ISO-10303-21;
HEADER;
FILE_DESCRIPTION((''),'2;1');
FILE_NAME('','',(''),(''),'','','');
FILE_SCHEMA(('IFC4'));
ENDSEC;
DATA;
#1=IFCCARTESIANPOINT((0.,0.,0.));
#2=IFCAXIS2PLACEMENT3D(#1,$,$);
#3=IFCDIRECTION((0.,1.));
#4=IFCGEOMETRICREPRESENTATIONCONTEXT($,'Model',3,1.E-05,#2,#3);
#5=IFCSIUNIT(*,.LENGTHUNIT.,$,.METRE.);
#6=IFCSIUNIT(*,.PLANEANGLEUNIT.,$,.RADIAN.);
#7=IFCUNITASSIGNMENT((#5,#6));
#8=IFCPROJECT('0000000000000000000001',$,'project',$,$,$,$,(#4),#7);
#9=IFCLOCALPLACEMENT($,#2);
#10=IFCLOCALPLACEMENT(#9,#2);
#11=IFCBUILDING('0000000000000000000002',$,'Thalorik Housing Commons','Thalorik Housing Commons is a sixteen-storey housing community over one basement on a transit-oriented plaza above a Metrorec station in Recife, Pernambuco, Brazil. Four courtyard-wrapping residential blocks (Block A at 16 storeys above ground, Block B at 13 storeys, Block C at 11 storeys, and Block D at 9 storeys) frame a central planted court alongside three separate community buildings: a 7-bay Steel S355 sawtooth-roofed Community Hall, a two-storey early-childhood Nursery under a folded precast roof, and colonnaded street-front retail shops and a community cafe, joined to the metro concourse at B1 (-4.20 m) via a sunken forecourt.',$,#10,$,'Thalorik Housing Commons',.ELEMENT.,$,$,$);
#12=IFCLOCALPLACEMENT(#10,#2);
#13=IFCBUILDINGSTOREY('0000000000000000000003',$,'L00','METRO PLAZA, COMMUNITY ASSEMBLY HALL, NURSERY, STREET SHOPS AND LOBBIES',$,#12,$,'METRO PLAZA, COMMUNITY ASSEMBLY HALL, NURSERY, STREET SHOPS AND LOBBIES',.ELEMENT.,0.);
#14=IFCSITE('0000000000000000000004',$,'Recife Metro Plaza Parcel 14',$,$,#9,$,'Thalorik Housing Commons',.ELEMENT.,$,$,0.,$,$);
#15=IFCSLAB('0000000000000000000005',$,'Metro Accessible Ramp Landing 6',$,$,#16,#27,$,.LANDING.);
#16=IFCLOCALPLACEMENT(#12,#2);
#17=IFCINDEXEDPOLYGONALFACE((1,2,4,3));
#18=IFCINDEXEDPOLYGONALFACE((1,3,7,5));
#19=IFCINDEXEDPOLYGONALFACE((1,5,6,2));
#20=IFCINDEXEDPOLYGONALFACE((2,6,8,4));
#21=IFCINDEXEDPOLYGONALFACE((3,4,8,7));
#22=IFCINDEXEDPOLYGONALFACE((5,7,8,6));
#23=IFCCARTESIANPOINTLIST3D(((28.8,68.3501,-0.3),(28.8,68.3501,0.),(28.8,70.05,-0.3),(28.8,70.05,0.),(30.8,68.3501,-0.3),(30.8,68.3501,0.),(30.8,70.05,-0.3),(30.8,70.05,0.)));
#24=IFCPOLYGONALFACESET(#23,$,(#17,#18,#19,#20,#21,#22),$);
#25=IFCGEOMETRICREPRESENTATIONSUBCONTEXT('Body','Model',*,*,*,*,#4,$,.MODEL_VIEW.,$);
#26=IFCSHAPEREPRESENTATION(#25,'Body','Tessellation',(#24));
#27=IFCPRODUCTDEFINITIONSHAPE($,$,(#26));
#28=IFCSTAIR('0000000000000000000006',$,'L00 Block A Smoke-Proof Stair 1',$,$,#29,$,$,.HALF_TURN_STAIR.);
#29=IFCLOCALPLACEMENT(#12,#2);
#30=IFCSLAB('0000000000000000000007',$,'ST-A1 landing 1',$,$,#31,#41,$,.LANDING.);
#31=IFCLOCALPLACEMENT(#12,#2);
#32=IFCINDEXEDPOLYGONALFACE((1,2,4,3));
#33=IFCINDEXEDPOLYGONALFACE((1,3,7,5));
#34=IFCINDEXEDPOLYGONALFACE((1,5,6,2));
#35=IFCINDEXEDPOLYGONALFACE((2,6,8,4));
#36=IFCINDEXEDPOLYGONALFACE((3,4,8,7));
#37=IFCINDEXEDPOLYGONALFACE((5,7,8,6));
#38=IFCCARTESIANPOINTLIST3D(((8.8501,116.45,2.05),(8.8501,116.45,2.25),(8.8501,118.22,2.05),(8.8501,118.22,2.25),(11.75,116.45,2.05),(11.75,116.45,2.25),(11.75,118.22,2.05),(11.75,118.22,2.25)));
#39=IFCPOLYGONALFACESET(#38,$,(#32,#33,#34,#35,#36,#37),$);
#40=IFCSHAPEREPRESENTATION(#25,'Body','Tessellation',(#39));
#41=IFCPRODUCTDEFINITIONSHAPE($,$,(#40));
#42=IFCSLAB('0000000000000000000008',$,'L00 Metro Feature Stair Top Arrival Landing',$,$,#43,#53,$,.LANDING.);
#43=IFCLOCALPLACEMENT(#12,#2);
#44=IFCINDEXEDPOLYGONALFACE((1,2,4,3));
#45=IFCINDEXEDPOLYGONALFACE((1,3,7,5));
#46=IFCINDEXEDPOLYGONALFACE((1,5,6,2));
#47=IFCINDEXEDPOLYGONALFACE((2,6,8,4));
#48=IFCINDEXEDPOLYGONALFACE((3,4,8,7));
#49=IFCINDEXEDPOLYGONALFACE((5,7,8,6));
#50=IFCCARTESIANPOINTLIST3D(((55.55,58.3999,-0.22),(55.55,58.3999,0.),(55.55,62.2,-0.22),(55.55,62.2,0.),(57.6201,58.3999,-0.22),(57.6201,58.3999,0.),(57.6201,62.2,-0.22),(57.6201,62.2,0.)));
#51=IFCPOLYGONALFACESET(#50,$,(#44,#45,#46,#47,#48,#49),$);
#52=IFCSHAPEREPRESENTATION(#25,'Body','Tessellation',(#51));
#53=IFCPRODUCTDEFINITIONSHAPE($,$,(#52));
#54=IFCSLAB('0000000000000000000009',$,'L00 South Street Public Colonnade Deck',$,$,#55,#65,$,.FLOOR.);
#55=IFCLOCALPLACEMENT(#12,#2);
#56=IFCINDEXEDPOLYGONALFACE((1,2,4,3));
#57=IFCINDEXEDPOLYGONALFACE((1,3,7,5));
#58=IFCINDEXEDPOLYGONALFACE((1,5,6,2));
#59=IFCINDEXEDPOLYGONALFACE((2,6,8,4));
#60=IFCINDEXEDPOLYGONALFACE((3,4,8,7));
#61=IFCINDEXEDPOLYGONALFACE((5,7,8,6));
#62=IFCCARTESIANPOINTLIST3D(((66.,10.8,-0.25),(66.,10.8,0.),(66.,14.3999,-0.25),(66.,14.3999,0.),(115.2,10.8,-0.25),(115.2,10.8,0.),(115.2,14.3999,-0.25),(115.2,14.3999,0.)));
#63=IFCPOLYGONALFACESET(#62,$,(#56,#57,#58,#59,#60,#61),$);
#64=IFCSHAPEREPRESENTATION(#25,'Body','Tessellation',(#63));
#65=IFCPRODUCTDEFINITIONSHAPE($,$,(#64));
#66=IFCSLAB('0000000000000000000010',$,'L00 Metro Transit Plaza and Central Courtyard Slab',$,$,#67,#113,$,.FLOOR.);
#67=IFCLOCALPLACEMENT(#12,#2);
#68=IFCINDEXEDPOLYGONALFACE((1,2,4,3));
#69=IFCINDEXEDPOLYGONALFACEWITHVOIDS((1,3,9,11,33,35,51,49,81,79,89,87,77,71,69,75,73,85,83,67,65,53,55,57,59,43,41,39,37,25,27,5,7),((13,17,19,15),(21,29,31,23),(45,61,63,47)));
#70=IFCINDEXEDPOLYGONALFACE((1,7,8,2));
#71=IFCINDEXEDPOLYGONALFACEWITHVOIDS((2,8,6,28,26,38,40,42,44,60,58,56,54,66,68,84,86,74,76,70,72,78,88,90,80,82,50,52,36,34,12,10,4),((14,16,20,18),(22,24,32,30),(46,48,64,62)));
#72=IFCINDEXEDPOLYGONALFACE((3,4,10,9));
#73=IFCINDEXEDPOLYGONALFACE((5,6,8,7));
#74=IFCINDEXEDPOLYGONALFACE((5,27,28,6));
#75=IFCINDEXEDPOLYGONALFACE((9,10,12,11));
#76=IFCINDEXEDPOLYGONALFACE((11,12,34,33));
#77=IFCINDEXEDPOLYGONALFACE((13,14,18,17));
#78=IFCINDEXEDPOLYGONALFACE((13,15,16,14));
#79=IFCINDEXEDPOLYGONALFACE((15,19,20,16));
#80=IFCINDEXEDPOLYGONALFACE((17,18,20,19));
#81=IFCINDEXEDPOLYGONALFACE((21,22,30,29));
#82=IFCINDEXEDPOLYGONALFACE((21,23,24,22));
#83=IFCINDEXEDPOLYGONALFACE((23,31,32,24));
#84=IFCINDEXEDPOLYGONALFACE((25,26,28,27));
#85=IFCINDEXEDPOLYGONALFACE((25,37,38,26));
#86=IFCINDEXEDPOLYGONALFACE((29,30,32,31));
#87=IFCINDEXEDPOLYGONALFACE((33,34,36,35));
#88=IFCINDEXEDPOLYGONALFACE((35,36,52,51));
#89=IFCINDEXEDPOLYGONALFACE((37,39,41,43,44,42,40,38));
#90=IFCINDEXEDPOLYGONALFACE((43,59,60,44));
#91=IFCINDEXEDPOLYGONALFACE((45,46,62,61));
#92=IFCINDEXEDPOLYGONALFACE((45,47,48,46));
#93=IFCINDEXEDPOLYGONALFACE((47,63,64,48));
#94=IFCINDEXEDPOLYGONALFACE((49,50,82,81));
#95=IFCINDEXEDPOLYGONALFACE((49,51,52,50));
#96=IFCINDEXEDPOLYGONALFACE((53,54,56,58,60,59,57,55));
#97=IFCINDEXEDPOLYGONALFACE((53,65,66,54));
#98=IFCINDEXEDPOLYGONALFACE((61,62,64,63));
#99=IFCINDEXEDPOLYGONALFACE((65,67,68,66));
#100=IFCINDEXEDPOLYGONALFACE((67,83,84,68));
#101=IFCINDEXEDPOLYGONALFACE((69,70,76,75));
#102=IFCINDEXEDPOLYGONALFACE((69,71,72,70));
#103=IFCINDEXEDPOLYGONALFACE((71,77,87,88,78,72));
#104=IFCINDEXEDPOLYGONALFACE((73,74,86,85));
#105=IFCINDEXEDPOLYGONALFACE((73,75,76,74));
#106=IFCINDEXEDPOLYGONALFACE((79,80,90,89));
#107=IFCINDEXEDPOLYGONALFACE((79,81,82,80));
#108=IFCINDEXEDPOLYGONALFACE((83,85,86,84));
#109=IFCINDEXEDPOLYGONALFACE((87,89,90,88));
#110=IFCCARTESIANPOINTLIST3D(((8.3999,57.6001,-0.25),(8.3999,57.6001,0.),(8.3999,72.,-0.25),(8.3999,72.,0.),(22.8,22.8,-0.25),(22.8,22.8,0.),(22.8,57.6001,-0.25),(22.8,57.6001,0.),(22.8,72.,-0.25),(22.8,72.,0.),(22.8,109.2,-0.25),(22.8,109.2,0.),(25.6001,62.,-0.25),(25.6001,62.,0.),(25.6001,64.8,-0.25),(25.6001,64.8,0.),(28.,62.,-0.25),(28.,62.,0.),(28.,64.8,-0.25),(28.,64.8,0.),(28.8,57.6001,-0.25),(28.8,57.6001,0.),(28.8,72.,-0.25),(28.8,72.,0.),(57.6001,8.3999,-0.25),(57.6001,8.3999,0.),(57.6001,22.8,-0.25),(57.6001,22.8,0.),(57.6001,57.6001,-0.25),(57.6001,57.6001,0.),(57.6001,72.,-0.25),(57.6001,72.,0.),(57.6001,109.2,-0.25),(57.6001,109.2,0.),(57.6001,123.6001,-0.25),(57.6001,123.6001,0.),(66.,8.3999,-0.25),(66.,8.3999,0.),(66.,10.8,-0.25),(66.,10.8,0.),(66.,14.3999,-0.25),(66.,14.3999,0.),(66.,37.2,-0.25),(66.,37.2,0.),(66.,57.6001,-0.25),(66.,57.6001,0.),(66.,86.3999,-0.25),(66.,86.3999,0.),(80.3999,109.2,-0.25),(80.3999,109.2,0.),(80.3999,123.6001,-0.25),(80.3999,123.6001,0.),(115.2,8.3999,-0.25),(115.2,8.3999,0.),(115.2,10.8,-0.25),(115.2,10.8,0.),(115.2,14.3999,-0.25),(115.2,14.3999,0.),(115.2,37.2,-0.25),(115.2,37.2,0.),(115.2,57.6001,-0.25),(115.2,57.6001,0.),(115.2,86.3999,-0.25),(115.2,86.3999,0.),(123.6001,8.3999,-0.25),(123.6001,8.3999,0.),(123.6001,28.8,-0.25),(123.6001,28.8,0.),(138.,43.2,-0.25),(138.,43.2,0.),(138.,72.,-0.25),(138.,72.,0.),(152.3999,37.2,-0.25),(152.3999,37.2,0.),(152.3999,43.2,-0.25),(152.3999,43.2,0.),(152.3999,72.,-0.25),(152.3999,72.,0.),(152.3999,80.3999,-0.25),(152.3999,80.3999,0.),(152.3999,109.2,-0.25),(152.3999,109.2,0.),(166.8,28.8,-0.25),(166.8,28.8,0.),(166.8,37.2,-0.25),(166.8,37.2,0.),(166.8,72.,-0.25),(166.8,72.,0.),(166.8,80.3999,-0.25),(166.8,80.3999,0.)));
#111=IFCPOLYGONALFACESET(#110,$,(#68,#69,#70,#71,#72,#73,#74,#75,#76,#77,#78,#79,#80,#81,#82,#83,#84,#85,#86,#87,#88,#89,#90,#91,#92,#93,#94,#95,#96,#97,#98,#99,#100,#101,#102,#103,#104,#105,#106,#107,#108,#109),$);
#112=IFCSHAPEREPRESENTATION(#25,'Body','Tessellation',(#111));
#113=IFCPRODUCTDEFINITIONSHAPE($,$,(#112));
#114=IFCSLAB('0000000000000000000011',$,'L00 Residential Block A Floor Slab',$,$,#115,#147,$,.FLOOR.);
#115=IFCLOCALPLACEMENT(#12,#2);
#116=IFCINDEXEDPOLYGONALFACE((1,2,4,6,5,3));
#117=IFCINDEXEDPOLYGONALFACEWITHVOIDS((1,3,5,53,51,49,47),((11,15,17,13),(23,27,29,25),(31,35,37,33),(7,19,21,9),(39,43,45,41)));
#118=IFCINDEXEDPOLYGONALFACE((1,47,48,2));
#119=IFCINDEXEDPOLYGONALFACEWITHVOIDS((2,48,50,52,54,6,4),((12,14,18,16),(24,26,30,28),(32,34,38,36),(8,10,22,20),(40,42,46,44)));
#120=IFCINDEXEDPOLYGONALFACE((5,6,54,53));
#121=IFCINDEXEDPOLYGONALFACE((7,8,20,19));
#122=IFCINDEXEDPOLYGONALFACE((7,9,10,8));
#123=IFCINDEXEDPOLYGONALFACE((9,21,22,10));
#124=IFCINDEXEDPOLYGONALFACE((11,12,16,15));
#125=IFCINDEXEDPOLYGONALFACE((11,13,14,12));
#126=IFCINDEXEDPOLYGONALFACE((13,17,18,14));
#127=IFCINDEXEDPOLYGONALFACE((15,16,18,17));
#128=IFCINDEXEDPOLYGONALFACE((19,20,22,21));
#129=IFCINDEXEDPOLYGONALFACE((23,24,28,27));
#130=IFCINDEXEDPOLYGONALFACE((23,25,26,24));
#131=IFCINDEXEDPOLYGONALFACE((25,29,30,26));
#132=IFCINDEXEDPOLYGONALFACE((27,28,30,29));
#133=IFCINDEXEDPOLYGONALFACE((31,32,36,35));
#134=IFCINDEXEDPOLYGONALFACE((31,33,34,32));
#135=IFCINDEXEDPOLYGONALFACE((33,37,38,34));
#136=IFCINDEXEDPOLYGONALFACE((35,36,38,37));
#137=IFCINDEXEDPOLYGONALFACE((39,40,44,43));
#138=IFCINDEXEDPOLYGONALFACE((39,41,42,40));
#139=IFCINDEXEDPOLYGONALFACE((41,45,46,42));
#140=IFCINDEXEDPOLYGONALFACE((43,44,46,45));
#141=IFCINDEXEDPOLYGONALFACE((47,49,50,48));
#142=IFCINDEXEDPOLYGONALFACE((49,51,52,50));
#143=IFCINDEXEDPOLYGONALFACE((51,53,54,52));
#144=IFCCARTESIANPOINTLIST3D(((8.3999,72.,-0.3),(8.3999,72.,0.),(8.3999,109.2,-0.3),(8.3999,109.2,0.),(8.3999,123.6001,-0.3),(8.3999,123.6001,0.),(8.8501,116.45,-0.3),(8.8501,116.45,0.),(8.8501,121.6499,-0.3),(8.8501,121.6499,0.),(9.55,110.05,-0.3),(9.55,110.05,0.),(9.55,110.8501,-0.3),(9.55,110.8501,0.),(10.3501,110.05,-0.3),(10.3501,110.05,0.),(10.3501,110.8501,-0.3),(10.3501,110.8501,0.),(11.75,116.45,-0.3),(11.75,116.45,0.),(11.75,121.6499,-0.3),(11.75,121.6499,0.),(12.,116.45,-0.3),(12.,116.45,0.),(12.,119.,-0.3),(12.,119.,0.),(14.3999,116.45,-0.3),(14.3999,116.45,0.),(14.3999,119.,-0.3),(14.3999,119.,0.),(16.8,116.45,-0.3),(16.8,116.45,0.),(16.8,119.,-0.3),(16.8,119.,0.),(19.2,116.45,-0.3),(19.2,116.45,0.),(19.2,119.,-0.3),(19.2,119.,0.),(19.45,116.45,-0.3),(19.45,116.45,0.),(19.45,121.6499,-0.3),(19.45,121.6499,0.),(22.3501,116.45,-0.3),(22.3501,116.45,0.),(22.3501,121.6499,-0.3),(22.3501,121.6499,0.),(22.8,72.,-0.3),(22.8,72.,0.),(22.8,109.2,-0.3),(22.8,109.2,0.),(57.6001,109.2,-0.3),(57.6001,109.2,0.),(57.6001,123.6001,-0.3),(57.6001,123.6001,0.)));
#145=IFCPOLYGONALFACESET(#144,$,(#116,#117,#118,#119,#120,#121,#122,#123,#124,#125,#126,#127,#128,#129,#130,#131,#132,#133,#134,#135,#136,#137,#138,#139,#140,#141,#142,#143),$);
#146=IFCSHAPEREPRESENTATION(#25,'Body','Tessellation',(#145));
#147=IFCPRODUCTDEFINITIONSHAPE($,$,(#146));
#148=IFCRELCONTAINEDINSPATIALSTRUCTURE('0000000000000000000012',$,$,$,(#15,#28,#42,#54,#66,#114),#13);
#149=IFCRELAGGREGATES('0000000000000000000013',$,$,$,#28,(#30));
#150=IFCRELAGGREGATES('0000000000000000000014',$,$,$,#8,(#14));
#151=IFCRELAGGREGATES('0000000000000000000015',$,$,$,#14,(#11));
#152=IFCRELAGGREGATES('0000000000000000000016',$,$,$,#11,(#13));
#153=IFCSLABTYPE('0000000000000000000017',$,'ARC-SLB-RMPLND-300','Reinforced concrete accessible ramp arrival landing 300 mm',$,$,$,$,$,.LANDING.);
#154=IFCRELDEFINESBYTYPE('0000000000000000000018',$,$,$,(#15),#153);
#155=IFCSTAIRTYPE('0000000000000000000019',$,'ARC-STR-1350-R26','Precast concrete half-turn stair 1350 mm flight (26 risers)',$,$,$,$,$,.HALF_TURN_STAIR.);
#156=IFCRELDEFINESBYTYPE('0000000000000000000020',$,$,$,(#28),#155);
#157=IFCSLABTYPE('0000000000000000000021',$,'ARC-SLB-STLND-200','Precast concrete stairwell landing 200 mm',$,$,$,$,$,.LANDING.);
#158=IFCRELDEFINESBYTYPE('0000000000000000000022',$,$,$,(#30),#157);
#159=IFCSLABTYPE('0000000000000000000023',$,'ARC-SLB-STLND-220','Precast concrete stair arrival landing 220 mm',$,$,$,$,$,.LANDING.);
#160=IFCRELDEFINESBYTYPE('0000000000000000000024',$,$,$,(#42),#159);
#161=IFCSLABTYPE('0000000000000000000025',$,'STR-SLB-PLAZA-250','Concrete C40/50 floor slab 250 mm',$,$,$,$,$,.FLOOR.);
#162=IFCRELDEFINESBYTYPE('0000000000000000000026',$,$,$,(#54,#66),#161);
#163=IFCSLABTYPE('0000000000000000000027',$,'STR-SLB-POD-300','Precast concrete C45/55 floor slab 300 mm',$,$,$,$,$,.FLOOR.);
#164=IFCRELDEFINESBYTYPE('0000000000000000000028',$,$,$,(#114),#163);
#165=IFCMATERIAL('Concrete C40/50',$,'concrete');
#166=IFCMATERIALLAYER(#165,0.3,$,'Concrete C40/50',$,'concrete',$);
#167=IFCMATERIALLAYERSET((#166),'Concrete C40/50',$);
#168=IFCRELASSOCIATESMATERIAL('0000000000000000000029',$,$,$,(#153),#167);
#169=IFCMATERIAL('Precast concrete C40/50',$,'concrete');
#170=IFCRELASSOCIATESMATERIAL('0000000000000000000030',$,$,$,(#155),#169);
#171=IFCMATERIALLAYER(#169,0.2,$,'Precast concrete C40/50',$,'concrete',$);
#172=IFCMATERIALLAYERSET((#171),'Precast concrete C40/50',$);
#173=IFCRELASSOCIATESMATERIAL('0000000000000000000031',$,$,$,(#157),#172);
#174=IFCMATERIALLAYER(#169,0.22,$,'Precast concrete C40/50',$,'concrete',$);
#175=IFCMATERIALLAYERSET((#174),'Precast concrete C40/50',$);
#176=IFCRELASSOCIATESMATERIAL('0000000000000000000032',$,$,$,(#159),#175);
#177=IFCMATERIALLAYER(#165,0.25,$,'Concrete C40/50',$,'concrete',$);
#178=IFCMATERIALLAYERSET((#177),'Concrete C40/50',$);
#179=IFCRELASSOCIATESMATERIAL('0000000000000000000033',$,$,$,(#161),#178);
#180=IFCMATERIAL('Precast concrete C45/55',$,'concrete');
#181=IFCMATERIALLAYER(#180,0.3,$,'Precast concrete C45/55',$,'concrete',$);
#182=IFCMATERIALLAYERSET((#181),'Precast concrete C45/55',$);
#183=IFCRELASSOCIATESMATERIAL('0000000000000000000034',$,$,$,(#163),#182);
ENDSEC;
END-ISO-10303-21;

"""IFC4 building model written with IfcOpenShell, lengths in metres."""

from ifc_helpers import new_model, si_unit, direction, frame, origin, place, context, subcontext, project, spatial, polyline, outline, extrude, material, layer, layer_set, type_object, element, aggregate, save


model = new_model("IFC4")

# Units and contexts
model_context = context("Model", 3, precision=1e-05, world=origin(), true_north=direction((0.0, 1.0)))
body_context = subcontext(model_context, "Body", "Model", "MODEL_VIEW")
ifc_project = project(units=[si_unit("LENGTHUNIT", "METRE"), si_unit("PLANEANGLEUNIT", "RADIAN")], contexts=[model_context])

# Site, building, storey
site_placement = place(None, origin())
site = spatial("IfcSite", under=ifc_project, at=site_placement, Name="Recife Metro Plaza Parcel 14", LongName="Thalorik Housing Commons", CompositionType="ELEMENT", RefElevation=0.0)
building_placement = place(site_placement, origin())
building = spatial("IfcBuilding", under=site, at=building_placement, Name="Thalorik Housing Commons", Description="Thalorik Housing Commons is a sixteen-storey housing community over one basement on a transit-oriented plaza above a Metrorec station in Recife, Pernambuco, Brazil. Four courtyard-wrapping residential blocks (Block A at 16 storeys above ground, Block B at 13 storeys, Block C at 11 storeys, and Block D at 9 storeys) frame a central planted court alongside three separate community buildings: a 7-bay Steel S355 sawtooth-roofed Community Hall, a two-storey early-childhood Nursery under a folded precast roof, and colonnaded street-front retail shops and a community cafe, joined to the metro concourse at B1 (-4.20 m) via a sunken forecourt.", LongName="Thalorik Housing Commons", CompositionType="ELEMENT")
storey_placement = place(building_placement, origin())
storey = spatial("IfcBuildingStorey", under=building, at=storey_placement, Name="L00", Description="METRO PLAZA, COMMUNITY ASSEMBLY HALL, NURSERY, STREET SHOPS AND LOBBIES", LongName="METRO PLAZA, COMMUNITY ASSEMBLY HALL, NURSERY, STREET SHOPS AND LOBBIES", CompositionType="ELEMENT", Elevation=0.0)

# Slab
ifc_material_1 = material(Name="Concrete C40/50", Category="concrete")
ifc_layer_1 = layer(ifc_material_1, 0.3, Name="Concrete C40/50", Category="concrete")
ifc_layer_set_1 = layer_set([ifc_layer_1], Name="Concrete C40/50")
slab_type_1 = type_object("IfcSlabType", Name="ARC-SLB-RMPLND-300", Description="Reinforced concrete accessible ramp arrival landing 300 mm", PredefinedType="LANDING", material=ifc_layer_set_1)
slab_1_placement = place(storey_placement, frame((0.0, 0.0, -0.3)))
element("IfcSlab", 1, at=slab_1_placement, inside=storey, type_object=slab_type_1, Name="Metro Accessible Ramp Landing 6", PredefinedType="LANDING", context=body_context, shape_type="SweptSolid", body=[
    extrude(outline(polyline([(28.8, 68.3501), (30.8, 68.3501), (30.8, 70.05), (28.8, 70.05), (28.8, 68.3501)])), origin(), (0.0, 0.0, 1.0), 0.3),
])

# Stair, slab
ifc_material_2 = material(Name="Precast concrete C40/50", Category="concrete")
stair_type = type_object("IfcStairType", Name="ARC-STR-1350-R26", Description="Precast concrete half-turn stair 1350 mm flight (26 risers)", PredefinedType="HALF_TURN_STAIR", material=ifc_material_2)
stair_placement = place(storey_placement, origin())
stair = element("IfcStair", 2, at=stair_placement, inside=storey, type_object=stair_type, Name="L00 Block A Smoke-Proof Stair 1", PredefinedType="HALF_TURN_STAIR")
ifc_layer_2 = layer(ifc_material_2, 0.2, Name="Precast concrete C40/50", Category="concrete")
ifc_layer_set_2 = layer_set([ifc_layer_2], Name="Precast concrete C40/50")
slab_type_2 = type_object("IfcSlabType", Name="ARC-SLB-STLND-200", Description="Precast concrete stairwell landing 200 mm", PredefinedType="LANDING", material=ifc_layer_set_2)
slab_2_placement = place(storey_placement, frame((0.0, 0.0, 2.05)))
slab_2 = element("IfcSlab", 3, at=slab_2_placement, type_object=slab_type_2, Name="ST-A1 landing 1", PredefinedType="LANDING", context=body_context, shape_type="SweptSolid", body=[
    extrude(outline(polyline([(8.8501, 118.22), (8.8501, 116.45), (11.75, 116.45), (11.75, 118.22), (8.8501, 118.22)])), origin(), (0.0, 0.0, 1.0), 0.2),
])
aggregate(stair, [slab_2])

# Slabs
ifc_layer_3 = layer(ifc_material_2, 0.22, Name="Precast concrete C40/50", Category="concrete")
ifc_layer_set_3 = layer_set([ifc_layer_3], Name="Precast concrete C40/50")
slab_type_3 = type_object("IfcSlabType", Name="ARC-SLB-STLND-220", Description="Precast concrete stair arrival landing 220 mm", PredefinedType="LANDING", material=ifc_layer_set_3)
slab_3_placement = place(storey_placement, frame((0.0, 0.0, -0.22)))
element("IfcSlab", 4, at=slab_3_placement, inside=storey, type_object=slab_type_3, Name="L00 Metro Feature Stair Top Arrival Landing", PredefinedType="LANDING", context=body_context, shape_type="SweptSolid", body=[
    extrude(outline(polyline([(57.6201, 62.2), (55.55, 62.2), (55.55, 58.3999), (57.6201, 58.3999), (57.6201, 62.2)])), origin(), (0.0, 0.0, 1.0), 0.22),
])
ifc_layer_4 = layer(ifc_material_1, 0.25, Name="Concrete C40/50", Category="concrete")
ifc_layer_set_4 = layer_set([ifc_layer_4], Name="Concrete C40/50")
slab_type_4 = type_object("IfcSlabType", Name="STR-SLB-PLAZA-250", Description="Concrete C40/50 floor slab 250 mm", PredefinedType="FLOOR", material=ifc_layer_set_4)
slab_4_placement = place(storey_placement, frame((0.0, 0.0, -0.25)))
element("IfcSlab", 5, at=slab_4_placement, inside=storey, type_object=slab_type_4, Name="L00 South Street Public Colonnade Deck", PredefinedType="FLOOR", context=body_context, shape_type="SweptSolid", body=[
    extrude(outline(polyline([(66.0, 10.8), (115.2, 10.8), (115.2, 14.3999), (66.0, 14.3999), (66.0, 10.8)])), origin(), (0.0, 0.0, 1.0), 0.25),
])
slab_5_placement = place(storey_placement, frame((0.0, 0.0, -0.25)))
element("IfcSlab", 6, at=slab_5_placement, inside=storey, type_object=slab_type_4, Name="L00 Metro Transit Plaza and Central Courtyard Slab", PredefinedType="FLOOR", context=body_context, shape_type="SweptSolid", body=[
    extrude(outline(polyline([(123.6001, 28.8), (166.8, 28.8), (166.8, 37.2), (152.3999, 37.2), (152.3999, 43.2), (138.0, 43.2), (138.0, 72.0), (152.3999, 72.0), (166.8, 72.0), (166.8, 80.3999), (152.3999, 80.3999), (152.3999, 109.2), (80.3999, 109.2), (80.3999, 123.6001), (57.6001, 123.6001), (57.6001, 109.2), (22.8, 109.2), (22.8, 72.0), (8.3999, 72.0), (8.3999, 57.6001), (22.8, 57.6001), (22.8, 22.8), (57.6001, 22.8), (57.6001, 8.3999), (66.0, 8.3999), (66.0, 10.8), (66.0, 14.3999), (66.0, 37.2), (115.2, 37.2), (115.2, 14.3999), (115.2, 10.8), (115.2, 8.3999), (123.6001, 8.3999), (123.6001, 28.8)]), holes=[polyline([(28.8, 57.6001), (28.8, 72.0), (57.6001, 72.0), (57.6001, 57.6001), (28.8, 57.6001)]), polyline([(66.0, 57.6001), (66.0, 86.3999), (115.2, 86.3999), (115.2, 57.6001), (66.0, 57.6001)]), polyline([(25.6001, 62.0), (25.6001, 64.8), (28.0, 64.8), (28.0, 62.0), (25.6001, 62.0)])]), origin(), (0.0, 0.0, 1.0), 0.25),
])
ifc_material_3 = material(Name="Precast concrete C45/55", Category="concrete")
ifc_layer_5 = layer(ifc_material_3, 0.3, Name="Precast concrete C45/55", Category="concrete")
ifc_layer_set_5 = layer_set([ifc_layer_5], Name="Precast concrete C45/55")
slab_type_5 = type_object("IfcSlabType", Name="STR-SLB-POD-300", Description="Precast concrete C45/55 floor slab 300 mm", PredefinedType="FLOOR", material=ifc_layer_set_5)
slab_6_placement = place(storey_placement, frame((0.0, 0.0, -0.3)))
element("IfcSlab", 7, at=slab_6_placement, inside=storey, type_object=slab_type_5, Name="L00 Residential Block A Floor Slab", PredefinedType="FLOOR", context=body_context, shape_type="SweptSolid", body=[
    extrude(outline(polyline([(8.3999, 123.6001), (8.3999, 109.2), (8.3999, 72.0), (22.8, 72.0), (22.8, 109.2), (57.6001, 109.2), (57.6001, 123.6001), (8.3999, 123.6001)]), holes=[polyline([(8.8501, 121.6499), (11.75, 121.6499), (11.75, 116.45), (8.8501, 116.45), (8.8501, 121.6499)]), polyline([(22.3501, 121.6499), (22.3501, 116.45), (19.45, 116.45), (19.45, 121.6499), (22.3501, 121.6499)]), polyline([(14.3999, 119.0), (14.3999, 116.45), (12.0, 116.45), (12.0, 119.0), (14.3999, 119.0)]), polyline([(19.2, 116.45), (16.8, 116.45), (16.8, 119.0), (19.2, 119.0), (19.2, 116.45)]), polyline([(9.55, 110.05), (9.55, 110.8501), (10.3501, 110.8501), (10.3501, 110.05), (9.55, 110.05)])]), origin(), (0.0, 0.0, 1.0), 0.3),
])

save(model, "model.ifc")
